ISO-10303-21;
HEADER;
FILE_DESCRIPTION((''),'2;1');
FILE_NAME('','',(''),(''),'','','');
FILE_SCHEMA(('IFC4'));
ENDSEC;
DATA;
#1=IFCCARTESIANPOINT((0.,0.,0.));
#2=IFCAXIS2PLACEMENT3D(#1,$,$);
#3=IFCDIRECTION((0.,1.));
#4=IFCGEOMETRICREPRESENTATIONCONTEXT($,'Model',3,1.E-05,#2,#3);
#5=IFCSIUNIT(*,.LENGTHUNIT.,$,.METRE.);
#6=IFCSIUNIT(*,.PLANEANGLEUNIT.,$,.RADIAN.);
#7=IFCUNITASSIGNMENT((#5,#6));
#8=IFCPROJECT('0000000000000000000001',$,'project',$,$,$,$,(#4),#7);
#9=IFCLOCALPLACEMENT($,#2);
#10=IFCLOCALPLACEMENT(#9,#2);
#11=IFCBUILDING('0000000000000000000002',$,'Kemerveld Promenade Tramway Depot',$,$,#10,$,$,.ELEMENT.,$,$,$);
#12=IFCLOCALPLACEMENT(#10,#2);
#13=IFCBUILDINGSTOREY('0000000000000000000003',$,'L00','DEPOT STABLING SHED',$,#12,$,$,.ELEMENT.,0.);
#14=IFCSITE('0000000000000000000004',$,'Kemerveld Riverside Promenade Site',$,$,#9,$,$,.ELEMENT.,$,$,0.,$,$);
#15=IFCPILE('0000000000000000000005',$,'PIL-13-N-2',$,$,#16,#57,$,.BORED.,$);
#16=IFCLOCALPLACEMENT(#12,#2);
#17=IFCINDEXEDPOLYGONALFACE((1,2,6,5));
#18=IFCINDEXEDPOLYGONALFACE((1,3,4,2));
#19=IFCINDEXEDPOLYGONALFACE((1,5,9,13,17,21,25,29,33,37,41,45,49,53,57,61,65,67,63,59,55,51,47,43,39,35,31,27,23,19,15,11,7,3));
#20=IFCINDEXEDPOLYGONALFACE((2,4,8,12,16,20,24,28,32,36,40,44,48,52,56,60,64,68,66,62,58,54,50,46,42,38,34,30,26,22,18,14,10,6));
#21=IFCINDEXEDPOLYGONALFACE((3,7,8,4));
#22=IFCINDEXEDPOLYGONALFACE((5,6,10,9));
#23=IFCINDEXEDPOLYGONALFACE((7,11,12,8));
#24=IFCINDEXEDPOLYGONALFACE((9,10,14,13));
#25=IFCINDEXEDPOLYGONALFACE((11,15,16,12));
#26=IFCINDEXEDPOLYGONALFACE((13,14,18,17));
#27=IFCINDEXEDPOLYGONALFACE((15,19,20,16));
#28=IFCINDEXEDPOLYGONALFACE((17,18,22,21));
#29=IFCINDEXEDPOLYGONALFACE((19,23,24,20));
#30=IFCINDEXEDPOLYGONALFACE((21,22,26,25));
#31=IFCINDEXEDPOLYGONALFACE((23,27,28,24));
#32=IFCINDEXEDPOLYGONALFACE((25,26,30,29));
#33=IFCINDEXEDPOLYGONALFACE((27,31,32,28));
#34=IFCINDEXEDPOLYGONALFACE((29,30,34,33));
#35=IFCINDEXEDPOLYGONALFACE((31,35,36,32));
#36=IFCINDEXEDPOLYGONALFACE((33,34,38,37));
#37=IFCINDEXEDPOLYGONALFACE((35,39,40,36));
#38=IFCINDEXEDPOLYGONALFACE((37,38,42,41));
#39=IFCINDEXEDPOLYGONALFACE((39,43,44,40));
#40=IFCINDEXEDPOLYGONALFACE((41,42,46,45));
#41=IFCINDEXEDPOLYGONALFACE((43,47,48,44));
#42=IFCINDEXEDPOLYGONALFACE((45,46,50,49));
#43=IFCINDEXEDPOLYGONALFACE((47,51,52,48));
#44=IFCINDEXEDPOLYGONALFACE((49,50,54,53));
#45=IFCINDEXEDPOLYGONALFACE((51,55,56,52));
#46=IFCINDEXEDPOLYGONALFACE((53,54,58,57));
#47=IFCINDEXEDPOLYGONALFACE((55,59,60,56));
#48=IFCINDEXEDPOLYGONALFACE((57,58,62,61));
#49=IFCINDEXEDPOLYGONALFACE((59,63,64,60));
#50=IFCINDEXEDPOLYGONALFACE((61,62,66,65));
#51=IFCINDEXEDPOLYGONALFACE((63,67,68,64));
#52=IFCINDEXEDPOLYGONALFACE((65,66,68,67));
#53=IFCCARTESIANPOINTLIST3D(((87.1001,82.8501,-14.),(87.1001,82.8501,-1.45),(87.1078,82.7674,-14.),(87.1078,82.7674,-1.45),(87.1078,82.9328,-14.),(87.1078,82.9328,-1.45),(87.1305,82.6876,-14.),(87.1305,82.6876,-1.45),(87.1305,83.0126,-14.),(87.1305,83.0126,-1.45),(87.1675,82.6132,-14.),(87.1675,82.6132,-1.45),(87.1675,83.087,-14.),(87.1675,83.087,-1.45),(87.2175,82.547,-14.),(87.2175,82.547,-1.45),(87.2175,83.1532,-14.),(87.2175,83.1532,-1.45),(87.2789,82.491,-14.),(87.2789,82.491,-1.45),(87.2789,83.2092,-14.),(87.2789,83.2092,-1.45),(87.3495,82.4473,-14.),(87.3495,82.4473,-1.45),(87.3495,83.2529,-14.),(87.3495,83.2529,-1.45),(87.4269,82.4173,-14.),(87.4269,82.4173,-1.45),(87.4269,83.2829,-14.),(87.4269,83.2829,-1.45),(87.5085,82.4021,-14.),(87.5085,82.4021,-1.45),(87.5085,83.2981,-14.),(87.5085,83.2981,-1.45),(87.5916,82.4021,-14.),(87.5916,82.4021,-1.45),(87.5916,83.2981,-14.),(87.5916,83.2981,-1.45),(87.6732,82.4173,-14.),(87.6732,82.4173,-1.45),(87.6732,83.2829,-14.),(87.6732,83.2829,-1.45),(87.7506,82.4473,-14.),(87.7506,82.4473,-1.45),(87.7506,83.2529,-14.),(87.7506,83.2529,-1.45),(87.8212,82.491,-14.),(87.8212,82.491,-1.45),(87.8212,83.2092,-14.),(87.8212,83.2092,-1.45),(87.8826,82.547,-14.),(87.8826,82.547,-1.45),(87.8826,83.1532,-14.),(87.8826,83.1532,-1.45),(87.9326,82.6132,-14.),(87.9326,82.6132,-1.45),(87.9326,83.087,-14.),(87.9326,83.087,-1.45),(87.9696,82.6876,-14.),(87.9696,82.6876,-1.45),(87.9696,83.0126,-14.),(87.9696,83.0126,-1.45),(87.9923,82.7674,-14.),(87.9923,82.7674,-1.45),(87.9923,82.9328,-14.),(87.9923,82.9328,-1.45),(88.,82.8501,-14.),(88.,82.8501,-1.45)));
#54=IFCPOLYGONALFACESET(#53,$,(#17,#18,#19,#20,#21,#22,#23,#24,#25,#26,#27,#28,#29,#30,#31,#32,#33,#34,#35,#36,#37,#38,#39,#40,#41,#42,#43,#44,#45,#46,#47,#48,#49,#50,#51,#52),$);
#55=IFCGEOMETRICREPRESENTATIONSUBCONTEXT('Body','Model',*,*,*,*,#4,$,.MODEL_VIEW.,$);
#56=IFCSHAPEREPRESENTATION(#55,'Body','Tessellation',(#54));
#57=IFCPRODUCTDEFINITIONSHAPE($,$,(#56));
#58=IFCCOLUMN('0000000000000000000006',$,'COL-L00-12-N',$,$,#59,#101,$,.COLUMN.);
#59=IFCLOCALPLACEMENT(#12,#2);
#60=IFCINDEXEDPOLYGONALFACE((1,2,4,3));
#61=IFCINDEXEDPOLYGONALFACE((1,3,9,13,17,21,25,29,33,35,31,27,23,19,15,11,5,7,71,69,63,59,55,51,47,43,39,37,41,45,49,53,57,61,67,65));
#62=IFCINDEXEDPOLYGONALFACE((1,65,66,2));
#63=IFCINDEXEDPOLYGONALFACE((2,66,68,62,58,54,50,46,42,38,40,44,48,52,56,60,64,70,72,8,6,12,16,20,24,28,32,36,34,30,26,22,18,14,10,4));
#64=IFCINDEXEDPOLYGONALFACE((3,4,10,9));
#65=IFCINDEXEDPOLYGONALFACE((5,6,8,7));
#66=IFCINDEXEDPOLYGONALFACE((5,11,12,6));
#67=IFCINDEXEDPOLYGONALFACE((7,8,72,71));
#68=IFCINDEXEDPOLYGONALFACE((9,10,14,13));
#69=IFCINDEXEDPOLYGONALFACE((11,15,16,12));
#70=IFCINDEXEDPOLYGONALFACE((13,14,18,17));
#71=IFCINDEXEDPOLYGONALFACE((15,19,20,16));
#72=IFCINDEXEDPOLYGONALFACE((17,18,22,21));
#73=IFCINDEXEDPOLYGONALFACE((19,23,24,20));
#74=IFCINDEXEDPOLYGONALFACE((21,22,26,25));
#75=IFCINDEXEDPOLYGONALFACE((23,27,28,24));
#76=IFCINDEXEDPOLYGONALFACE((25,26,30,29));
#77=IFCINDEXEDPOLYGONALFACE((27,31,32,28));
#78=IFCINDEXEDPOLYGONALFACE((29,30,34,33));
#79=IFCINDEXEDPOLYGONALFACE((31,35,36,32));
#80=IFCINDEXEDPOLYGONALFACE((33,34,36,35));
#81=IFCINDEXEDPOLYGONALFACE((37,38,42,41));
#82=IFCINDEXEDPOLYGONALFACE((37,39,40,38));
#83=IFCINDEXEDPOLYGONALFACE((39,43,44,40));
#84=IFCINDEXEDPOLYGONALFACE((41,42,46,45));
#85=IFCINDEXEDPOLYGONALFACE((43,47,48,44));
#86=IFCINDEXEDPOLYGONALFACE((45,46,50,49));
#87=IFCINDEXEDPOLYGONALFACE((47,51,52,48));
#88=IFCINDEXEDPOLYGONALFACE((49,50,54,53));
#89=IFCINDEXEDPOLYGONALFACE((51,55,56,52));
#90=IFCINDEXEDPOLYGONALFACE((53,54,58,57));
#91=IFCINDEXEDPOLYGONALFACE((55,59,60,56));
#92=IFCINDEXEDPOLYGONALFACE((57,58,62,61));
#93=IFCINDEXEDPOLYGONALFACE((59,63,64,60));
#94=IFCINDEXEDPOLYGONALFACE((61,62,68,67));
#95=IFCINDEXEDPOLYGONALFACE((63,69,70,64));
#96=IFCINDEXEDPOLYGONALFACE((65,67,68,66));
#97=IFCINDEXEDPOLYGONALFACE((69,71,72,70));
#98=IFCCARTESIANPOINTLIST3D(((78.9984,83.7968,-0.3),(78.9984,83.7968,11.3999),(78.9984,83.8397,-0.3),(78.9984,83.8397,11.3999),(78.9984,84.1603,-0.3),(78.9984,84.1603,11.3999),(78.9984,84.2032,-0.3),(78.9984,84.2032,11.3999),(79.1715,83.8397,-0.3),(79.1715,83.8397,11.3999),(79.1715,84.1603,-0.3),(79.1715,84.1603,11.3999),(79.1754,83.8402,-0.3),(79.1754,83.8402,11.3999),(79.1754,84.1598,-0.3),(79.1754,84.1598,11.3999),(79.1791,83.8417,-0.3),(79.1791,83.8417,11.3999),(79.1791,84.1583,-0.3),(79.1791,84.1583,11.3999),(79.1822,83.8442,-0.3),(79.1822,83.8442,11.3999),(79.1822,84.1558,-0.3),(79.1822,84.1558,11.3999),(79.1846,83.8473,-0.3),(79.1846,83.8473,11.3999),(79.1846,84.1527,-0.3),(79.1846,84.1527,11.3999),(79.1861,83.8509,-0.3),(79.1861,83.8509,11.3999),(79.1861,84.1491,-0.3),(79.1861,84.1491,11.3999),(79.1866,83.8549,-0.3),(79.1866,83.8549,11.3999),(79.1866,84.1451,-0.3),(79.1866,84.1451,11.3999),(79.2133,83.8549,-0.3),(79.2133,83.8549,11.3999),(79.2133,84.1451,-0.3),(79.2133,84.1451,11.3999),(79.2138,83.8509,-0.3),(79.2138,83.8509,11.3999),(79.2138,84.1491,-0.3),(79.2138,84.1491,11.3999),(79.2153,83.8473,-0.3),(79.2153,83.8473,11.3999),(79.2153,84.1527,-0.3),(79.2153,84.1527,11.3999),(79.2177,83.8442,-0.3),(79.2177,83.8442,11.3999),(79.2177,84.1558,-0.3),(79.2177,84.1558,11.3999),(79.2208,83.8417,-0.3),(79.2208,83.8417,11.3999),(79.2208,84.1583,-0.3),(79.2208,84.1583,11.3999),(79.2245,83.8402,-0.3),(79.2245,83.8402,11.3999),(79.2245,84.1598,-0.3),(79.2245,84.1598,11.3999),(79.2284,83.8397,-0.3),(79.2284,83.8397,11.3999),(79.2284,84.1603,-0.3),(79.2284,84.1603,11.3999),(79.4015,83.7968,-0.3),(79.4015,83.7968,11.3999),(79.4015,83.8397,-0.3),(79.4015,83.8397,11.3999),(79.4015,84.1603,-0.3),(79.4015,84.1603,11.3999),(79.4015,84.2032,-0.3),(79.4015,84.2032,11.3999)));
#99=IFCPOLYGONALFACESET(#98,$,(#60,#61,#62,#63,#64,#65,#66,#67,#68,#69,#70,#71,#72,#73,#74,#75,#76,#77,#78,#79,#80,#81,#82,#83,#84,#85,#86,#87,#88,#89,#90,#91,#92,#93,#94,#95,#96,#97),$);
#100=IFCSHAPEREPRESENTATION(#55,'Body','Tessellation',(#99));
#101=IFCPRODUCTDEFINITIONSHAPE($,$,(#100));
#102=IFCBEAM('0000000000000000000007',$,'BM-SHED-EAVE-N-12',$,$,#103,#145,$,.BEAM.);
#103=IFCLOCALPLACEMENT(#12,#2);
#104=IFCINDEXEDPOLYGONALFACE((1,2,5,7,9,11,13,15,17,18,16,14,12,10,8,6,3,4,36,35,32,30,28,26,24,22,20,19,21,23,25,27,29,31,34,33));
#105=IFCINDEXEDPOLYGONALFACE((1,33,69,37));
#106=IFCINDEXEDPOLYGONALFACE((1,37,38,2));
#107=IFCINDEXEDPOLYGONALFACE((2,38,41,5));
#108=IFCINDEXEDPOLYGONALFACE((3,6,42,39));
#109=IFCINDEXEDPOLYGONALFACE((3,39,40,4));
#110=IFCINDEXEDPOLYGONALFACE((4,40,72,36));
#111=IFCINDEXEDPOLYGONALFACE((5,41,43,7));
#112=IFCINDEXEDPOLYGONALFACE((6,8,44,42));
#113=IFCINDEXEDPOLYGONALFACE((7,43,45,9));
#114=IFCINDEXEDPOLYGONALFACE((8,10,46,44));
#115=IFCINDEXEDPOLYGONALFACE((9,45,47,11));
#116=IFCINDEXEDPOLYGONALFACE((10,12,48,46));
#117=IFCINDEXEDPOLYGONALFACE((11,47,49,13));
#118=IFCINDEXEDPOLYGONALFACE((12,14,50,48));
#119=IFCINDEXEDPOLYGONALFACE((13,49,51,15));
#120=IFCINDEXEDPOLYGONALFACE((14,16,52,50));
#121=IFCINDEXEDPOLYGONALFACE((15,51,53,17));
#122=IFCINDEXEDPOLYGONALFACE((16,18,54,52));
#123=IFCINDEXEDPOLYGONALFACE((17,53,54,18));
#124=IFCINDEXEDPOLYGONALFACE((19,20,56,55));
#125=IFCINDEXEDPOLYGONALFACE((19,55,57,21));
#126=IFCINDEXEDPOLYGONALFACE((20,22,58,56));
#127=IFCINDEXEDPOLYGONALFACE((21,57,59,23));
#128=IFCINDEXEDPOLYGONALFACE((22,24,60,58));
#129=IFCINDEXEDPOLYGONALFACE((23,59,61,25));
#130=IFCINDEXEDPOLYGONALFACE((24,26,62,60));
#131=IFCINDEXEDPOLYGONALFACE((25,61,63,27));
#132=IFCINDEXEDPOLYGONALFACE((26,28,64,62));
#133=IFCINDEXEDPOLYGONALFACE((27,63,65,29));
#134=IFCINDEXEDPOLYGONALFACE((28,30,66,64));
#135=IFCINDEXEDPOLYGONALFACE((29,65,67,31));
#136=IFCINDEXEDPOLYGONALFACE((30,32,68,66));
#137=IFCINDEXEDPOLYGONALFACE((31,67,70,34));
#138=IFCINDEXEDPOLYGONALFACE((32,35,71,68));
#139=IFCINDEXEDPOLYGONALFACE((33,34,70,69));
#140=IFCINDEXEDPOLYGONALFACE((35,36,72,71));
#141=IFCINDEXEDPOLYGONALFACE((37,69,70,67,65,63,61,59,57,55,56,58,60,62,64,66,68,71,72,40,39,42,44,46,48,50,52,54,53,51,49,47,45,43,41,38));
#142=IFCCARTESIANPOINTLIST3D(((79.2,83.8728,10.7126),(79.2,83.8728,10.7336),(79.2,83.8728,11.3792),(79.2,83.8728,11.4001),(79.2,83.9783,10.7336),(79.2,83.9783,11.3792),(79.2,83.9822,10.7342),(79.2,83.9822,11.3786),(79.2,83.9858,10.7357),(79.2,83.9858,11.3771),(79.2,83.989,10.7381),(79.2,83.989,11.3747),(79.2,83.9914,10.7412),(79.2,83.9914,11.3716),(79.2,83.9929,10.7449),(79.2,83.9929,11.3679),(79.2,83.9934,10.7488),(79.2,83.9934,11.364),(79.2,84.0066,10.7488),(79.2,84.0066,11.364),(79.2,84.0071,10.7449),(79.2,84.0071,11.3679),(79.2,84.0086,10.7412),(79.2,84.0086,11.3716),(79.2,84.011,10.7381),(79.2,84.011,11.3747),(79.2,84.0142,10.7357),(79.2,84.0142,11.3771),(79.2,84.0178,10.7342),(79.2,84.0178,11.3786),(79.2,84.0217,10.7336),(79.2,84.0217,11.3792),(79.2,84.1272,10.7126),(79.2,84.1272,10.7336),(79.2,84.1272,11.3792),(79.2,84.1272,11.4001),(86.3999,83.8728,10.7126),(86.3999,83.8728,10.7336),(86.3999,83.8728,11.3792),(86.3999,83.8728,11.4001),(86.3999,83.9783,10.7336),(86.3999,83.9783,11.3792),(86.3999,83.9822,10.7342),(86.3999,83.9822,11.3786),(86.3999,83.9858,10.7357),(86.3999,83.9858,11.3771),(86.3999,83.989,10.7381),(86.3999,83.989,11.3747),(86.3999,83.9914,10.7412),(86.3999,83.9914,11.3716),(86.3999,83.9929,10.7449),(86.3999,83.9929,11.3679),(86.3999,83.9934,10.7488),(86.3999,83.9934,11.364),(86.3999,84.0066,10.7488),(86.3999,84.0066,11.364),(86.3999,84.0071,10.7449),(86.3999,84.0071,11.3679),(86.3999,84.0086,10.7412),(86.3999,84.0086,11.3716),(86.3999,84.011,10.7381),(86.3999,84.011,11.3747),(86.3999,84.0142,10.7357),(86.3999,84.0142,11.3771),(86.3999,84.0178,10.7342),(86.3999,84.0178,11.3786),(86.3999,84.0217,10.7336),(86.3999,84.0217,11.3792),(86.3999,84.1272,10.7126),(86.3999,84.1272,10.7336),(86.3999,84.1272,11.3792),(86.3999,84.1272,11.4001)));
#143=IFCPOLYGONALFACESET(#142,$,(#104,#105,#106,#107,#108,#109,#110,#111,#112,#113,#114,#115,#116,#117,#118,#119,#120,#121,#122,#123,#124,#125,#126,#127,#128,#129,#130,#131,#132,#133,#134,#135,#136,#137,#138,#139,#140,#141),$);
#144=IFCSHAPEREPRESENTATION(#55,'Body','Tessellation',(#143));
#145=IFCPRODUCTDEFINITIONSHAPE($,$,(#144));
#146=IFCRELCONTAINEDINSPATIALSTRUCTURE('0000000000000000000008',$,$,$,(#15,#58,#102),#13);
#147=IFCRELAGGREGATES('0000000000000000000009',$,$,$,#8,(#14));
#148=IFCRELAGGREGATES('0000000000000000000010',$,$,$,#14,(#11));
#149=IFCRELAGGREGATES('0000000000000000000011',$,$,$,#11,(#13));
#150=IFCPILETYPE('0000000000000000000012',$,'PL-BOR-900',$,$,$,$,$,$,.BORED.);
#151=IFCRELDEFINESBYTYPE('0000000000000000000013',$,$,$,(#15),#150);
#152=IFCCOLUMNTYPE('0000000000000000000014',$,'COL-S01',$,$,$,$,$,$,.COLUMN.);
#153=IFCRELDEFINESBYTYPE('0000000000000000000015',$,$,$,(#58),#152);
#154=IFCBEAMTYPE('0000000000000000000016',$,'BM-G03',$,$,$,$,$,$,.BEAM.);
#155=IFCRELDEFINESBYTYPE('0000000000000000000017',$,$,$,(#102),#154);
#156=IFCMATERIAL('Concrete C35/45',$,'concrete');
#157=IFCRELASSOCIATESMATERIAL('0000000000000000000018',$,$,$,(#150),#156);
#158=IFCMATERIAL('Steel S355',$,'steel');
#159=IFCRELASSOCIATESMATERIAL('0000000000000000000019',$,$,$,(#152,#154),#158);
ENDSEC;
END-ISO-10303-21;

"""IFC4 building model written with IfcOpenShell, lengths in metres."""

from ifc_helpers import new_model, si_unit, direction, frame, origin, origin_2d, place, context, subcontext, project, spatial, circle, i_section, extrude, material, material_profile, profile_set, type_object, element, save


model = new_model("IFC4")

# Units and contexts
model_context = context("Model", 3, precision=1e-05, world=origin(), true_north=direction((0.0, 1.0)))
body_context = subcontext(model_context, "Body", "Model", "MODEL_VIEW")
ifc_project = project(units=[si_unit("LENGTHUNIT", "METRE"), si_unit("PLANEANGLEUNIT", "RADIAN")], contexts=[model_context])

# Site, building, storey
site_placement = place(None, origin())
site = spatial("IfcSite", under=ifc_project, at=site_placement, Name="Kemerveld Riverside Promenade Site", CompositionType="ELEMENT", RefElevation=0.0)
building_placement = place(site_placement, origin())
building = spatial("IfcBuilding", under=site, at=building_placement, Name="Kemerveld Promenade Tramway Depot", CompositionType="ELEMENT")
storey_placement = place(building_placement, origin())
storey = spatial("IfcBuildingStorey", under=building, at=storey_placement, Name="L00", Description="DEPOT STABLING SHED", CompositionType="ELEMENT", Elevation=0.0)

# Shared definitions
ifc_material_1 = material(Name="Concrete C35/45", Category="concrete")

# Pile
ifc_material_profile_1 = material_profile(ifc_material_1, circle(Radius=0.45, at=origin_2d()), Name="PILE-D900")
ifc_profile_set_1 = profile_set([ifc_material_profile_1], Name="Concrete C35/45")
pile_type_1 = type_object("IfcPileType", Name="PL-BOR-900", PredefinedType="BORED", material=ifc_profile_set_1)
for number, where, z_axis, x_axis, name in (
    (1, (87.55, 82.8501, -1.45), (0.0, 0.0, -1.0), (1.0, 0.0, 0.0), "PIL-13-N-2"),
):
    element("IfcPile", number, at=place(storey_placement, frame(where, z_axis=z_axis, x_axis=x_axis)), inside=storey, type_object=pile_type_1, Name=name, PredefinedType="BORED", context=body_context, shape_type="SweptSolid", body=[
        extrude(circle(Radius=0.45, at=origin_2d()), origin(), (0.0, 0.0, 1.0), 12.55),
    ])

# Column
ifc_material_2 = material(Name="Steel S355", Category="steel")
ifc_material_profile_2 = material_profile(ifc_material_2, i_section(OverallWidth=0.4031, OverallDepth=0.4065, WebThickness=0.0266, FlangeThickness=0.043, FilletRadius=0.0151, at=origin_2d()), Name="356x406x340 UC")
ifc_profile_set_2 = profile_set([ifc_material_profile_2], Name="Steel S355")
column_type = type_object("IfcColumnType", Name="COL-S01", PredefinedType="COLUMN", material=ifc_profile_set_2)
column_placement = place(storey_placement, frame((79.2, 84.0, -0.3), z_axis=(0.0, 0.0, 1.0), x_axis=(1.0, 0.0, 0.0)))
element("IfcColumn", 2, at=column_placement, inside=storey, type_object=column_type, Name="COL-L00-12-N", PredefinedType="COLUMN", context=body_context, shape_type="SweptSolid", body=[
    extrude(i_section(OverallWidth=0.4031, OverallDepth=0.4065, WebThickness=0.0266, FlangeThickness=0.043, FilletRadius=0.0151, at=origin_2d()), origin(), (0.0, 0.0, 1.0), 11.7),
])

# Beam
ifc_material_profile_3 = material_profile(ifc_material_2, i_section(OverallWidth=0.2544, OverallDepth=0.6875, WebThickness=0.0132, FlangeThickness=0.021, FilletRadius=0.0151, at=origin_2d()), Name="686x254x152 UB")
ifc_profile_set_3 = profile_set([ifc_material_profile_3], Name="Steel S355")
beam_type = type_object("IfcBeamType", Name="BM-G03", PredefinedType="BEAM", material=ifc_profile_set_3)
beam_placement = place(storey_placement, frame((79.2, 84.0, 11.0564), z_axis=(1.0, 0.0, 0.0), x_axis=(0.0, 1.0, 0.0)))
element("IfcBeam", 3, at=beam_placement, inside=storey, type_object=beam_type, Name="BM-SHED-EAVE-N-12", PredefinedType="BEAM", context=body_context, shape_type="SweptSolid", body=[
    extrude(i_section(OverallWidth=0.2544, OverallDepth=0.6875, WebThickness=0.0132, FlangeThickness=0.021, FilletRadius=0.0151, at=origin_2d()), origin(), (0.0, 0.0, 1.0), 7.2),
])

save(model, "model.ifc")
